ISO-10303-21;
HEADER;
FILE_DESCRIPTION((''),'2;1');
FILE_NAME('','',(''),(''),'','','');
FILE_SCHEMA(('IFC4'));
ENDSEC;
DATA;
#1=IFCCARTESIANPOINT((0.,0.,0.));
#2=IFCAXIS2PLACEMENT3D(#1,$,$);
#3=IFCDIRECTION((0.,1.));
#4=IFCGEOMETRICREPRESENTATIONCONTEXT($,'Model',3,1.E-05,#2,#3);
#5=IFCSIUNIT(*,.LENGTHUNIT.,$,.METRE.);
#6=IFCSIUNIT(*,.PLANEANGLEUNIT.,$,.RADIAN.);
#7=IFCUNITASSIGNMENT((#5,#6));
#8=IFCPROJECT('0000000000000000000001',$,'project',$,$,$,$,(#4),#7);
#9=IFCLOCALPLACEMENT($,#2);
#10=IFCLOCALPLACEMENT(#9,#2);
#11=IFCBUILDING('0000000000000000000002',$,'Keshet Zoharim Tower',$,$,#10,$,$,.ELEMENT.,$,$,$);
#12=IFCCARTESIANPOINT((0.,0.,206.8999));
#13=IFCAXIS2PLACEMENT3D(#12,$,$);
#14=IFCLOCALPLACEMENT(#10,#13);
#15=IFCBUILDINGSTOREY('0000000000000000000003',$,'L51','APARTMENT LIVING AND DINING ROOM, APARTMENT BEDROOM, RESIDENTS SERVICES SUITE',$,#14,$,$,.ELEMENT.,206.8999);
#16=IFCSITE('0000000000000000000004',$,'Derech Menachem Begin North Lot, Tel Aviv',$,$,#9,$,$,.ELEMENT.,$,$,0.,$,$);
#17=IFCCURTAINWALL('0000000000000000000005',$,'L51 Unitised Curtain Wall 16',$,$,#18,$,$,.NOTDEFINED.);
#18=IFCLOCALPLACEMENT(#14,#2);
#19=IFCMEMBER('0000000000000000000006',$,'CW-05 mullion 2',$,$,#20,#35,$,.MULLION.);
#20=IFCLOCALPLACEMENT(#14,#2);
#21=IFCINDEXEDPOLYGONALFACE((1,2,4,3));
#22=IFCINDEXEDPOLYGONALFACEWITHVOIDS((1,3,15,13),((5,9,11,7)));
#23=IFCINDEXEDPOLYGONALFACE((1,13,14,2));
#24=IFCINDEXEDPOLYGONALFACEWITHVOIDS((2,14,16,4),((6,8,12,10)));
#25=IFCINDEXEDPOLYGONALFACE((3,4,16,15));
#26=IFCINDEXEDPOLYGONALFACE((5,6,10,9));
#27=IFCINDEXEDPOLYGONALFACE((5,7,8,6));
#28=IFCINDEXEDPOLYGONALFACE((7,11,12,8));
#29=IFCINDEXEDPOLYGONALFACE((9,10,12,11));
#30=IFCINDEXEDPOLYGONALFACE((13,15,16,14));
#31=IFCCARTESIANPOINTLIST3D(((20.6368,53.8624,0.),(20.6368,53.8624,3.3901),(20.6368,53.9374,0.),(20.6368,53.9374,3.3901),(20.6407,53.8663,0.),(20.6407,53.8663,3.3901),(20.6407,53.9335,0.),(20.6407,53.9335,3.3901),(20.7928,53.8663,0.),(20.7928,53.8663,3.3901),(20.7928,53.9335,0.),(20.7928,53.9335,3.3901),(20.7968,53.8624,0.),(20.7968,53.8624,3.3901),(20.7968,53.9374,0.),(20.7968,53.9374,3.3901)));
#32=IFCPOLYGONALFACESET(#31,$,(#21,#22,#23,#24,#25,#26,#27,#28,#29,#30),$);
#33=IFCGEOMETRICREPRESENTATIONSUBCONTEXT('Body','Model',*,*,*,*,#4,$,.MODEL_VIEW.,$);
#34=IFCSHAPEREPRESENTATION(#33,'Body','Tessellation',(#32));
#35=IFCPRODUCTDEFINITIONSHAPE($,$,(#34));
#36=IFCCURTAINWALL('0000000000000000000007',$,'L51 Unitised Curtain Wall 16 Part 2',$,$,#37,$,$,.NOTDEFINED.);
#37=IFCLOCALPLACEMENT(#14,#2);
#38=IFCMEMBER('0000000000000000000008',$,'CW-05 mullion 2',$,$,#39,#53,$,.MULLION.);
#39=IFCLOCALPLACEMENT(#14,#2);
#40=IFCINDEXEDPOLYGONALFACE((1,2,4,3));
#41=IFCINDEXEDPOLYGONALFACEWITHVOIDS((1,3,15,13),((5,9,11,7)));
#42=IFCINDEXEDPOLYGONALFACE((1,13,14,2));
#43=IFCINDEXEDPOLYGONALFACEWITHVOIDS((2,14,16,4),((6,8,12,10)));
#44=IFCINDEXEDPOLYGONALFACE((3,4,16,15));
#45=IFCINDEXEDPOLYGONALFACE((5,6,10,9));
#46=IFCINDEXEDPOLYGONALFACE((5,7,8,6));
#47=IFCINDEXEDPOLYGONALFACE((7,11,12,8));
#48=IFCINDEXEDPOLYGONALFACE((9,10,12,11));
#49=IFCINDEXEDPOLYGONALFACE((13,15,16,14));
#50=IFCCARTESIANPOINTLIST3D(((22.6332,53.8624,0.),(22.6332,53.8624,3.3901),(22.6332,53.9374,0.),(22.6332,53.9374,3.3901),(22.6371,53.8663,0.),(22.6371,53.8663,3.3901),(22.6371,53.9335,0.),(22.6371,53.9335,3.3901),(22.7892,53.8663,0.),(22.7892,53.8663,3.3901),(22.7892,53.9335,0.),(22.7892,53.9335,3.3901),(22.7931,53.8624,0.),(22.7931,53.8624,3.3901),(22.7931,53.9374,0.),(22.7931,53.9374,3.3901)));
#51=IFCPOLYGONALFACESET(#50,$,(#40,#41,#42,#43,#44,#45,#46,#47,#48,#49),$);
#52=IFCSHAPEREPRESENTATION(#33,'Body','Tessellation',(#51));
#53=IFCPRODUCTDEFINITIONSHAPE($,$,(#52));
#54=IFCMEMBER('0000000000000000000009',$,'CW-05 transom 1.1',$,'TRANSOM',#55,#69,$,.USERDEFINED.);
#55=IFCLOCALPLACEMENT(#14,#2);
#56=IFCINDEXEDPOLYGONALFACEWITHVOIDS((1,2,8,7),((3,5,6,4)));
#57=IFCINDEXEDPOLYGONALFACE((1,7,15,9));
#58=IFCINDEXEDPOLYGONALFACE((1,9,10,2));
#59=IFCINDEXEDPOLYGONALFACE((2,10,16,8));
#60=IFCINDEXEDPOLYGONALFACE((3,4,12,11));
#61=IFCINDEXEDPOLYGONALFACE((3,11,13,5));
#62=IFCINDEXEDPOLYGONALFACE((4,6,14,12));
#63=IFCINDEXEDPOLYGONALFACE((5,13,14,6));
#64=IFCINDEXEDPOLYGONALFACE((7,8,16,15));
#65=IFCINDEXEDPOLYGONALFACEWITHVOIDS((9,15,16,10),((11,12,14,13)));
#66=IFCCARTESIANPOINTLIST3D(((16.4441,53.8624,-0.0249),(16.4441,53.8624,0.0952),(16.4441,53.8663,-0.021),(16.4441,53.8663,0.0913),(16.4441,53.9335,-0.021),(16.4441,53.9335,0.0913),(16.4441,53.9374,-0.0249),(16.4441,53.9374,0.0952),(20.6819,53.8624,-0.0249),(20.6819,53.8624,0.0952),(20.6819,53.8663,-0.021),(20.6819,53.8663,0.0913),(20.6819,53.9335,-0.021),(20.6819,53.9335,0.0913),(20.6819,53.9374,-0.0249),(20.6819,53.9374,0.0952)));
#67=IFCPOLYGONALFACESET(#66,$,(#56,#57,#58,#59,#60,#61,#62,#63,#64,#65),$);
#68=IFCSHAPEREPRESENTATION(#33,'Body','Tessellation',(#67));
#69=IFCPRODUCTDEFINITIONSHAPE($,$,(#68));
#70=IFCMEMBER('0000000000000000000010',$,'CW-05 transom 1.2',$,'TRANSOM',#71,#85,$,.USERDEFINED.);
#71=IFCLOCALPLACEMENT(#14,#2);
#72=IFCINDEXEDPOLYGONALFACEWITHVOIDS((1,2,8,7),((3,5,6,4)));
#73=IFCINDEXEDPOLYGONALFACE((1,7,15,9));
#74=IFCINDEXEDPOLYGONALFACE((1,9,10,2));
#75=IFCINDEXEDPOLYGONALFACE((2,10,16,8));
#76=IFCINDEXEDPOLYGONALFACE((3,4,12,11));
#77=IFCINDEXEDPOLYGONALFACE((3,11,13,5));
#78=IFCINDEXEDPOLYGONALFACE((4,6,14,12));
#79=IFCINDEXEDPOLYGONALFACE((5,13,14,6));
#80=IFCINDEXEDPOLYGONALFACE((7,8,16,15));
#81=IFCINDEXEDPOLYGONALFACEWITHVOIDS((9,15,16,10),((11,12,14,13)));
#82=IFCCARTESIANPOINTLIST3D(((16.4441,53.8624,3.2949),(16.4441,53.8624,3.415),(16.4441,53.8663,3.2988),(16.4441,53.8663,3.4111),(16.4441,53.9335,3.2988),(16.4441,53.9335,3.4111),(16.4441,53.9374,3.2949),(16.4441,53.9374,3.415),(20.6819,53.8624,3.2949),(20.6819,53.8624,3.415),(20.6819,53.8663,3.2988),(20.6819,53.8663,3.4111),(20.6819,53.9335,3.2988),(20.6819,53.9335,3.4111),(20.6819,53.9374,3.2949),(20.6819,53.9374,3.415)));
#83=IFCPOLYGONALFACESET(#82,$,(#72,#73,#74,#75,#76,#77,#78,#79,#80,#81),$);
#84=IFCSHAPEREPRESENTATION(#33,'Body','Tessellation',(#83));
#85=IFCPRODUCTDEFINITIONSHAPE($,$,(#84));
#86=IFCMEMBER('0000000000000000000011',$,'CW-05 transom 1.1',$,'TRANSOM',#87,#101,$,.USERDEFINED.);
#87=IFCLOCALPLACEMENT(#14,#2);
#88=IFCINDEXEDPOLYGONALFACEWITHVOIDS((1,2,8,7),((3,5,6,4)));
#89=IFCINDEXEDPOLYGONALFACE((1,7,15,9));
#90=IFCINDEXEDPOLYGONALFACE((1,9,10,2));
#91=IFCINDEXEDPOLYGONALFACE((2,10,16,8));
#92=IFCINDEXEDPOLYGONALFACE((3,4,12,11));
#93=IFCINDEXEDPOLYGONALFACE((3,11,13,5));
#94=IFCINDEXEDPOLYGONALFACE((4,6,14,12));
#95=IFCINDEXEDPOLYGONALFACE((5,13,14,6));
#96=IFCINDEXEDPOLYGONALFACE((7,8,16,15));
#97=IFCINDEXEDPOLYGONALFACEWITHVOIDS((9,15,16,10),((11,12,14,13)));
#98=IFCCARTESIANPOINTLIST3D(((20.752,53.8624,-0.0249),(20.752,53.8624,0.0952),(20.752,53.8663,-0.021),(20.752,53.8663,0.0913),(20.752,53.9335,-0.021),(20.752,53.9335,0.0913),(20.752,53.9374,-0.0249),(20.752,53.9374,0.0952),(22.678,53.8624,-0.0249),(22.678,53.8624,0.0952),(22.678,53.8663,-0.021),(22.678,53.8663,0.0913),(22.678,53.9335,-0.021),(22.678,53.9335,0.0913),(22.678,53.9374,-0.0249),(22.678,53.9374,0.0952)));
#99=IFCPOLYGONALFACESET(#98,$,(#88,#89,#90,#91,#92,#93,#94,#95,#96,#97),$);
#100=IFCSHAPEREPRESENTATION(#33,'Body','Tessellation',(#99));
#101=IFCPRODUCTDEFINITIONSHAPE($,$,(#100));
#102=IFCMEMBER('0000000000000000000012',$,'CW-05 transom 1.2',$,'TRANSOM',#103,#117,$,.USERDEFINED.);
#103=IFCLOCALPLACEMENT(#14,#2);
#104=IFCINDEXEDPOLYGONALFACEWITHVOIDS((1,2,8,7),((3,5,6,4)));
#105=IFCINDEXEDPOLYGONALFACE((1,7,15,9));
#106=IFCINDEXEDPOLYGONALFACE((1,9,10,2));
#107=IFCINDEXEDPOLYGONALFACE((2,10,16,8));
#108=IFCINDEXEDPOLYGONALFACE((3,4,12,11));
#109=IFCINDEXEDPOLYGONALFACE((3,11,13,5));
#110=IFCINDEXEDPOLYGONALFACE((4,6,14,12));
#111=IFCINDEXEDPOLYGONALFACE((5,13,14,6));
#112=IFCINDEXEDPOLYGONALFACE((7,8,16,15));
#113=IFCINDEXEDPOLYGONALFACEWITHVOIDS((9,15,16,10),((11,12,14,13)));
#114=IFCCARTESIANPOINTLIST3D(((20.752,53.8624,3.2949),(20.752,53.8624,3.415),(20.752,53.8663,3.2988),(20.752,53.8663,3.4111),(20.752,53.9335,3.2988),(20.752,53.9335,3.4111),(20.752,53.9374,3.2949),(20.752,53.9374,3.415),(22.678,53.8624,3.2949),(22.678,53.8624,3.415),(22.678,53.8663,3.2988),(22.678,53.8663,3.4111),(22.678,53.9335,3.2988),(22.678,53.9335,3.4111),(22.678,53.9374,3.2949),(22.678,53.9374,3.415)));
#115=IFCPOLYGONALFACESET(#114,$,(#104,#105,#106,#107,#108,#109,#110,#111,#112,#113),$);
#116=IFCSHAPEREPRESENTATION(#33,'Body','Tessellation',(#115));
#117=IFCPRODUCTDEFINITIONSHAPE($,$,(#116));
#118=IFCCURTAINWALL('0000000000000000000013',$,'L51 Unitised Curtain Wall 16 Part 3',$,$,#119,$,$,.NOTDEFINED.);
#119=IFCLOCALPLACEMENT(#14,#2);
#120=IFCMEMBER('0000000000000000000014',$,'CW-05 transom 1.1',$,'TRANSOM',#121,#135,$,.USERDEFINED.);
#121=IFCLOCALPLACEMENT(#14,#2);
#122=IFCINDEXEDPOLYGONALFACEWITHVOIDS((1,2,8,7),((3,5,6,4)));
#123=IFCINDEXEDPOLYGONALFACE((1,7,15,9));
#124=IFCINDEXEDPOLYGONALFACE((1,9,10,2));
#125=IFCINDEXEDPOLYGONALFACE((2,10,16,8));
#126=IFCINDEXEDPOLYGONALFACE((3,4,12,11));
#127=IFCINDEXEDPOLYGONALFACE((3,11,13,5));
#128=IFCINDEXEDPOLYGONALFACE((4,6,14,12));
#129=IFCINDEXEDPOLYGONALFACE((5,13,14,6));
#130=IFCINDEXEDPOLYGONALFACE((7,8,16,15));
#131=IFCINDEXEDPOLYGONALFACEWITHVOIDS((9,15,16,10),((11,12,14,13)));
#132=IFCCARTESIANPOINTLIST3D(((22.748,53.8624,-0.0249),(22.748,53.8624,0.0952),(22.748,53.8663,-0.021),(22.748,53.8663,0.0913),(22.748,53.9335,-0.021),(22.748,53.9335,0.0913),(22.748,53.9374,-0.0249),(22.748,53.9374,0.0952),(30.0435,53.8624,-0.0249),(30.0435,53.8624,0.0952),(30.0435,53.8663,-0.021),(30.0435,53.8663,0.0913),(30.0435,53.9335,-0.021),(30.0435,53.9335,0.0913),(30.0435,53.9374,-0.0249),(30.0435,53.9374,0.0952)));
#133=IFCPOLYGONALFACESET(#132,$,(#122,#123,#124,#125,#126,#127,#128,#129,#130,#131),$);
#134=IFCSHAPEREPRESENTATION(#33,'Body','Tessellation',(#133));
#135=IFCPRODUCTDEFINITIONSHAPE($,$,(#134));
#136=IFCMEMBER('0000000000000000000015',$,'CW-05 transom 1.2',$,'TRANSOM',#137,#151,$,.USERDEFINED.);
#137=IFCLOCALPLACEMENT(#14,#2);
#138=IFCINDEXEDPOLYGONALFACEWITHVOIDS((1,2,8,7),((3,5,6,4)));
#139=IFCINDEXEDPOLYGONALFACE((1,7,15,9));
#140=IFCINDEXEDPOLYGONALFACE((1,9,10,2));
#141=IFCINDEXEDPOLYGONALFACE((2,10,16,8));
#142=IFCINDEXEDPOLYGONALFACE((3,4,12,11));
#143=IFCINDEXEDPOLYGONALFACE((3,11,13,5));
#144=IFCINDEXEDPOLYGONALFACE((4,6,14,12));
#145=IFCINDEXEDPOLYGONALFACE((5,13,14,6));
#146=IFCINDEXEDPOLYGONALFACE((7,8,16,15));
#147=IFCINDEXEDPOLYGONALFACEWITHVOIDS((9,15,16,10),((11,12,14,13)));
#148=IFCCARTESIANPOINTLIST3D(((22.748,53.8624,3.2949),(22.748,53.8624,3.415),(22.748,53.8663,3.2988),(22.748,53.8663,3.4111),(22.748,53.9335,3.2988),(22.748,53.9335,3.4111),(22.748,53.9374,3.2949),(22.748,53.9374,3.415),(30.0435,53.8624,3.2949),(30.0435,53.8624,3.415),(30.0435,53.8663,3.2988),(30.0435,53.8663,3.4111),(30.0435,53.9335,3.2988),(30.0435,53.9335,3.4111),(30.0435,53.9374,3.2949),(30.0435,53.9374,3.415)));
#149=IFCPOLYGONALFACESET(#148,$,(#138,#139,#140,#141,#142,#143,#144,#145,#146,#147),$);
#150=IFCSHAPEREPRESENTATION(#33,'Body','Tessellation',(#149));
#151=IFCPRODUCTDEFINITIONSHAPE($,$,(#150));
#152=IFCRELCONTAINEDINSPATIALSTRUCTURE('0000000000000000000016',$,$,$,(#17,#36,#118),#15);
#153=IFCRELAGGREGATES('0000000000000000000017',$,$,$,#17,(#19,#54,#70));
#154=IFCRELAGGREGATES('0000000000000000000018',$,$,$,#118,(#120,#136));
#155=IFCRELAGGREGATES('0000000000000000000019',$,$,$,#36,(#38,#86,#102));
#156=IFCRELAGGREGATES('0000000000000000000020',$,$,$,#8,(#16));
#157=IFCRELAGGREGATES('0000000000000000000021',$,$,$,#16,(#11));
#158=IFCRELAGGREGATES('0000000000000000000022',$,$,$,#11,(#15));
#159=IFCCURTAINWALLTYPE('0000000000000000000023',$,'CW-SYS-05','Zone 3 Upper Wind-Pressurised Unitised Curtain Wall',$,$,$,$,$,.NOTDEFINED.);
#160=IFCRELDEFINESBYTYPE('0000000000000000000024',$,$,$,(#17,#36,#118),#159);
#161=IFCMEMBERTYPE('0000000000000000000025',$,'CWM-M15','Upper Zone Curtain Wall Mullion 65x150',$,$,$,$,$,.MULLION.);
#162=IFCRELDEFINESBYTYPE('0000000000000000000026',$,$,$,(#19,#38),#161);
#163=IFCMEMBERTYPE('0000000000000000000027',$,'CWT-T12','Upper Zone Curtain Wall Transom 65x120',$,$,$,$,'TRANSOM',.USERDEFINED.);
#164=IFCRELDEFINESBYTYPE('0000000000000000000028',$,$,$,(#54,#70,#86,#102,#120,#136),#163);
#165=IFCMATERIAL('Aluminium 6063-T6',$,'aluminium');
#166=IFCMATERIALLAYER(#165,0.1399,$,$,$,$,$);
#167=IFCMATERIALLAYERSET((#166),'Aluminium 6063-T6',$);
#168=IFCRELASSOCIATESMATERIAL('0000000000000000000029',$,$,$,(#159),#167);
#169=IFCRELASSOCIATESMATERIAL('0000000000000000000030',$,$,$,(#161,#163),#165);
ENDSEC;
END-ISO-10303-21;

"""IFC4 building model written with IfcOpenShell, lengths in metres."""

from ifc_helpers import new_model, si_unit, direction, frame, origin, origin_2d, place, context, subcontext, project, spatial, hollow_rectangle, extrude, material, layer, layer_set, material_profile, profile_set, type_object, element, aggregate, save


model = new_model("IFC4")

# Units and contexts
model_context = context("Model", 3, precision=1e-05, world=origin(), true_north=direction((0.0, 1.0)))
body_context = subcontext(model_context, "Body", "Model", "MODEL_VIEW")
ifc_project = project(units=[si_unit("LENGTHUNIT", "METRE"), si_unit("PLANEANGLEUNIT", "RADIAN")], contexts=[model_context])

# Site, building, storey
site_placement = place(None, origin())
site = spatial("IfcSite", under=ifc_project, at=site_placement, Name="Derech Menachem Begin North Lot, Tel Aviv", CompositionType="ELEMENT", RefElevation=0.0)
building_placement = place(site_placement, origin())
building = spatial("IfcBuilding", under=site, at=building_placement, Name="Keshet Zoharim Tower", CompositionType="ELEMENT")
storey_placement = place(building_placement, frame((0.0, 0.0, 206.8999)))
storey = spatial("IfcBuildingStorey", under=building, at=storey_placement, Name="L51", Description="APARTMENT LIVING AND DINING ROOM, APARTMENT BEDROOM, RESIDENTS SERVICES SUITE", CompositionType="ELEMENT", Elevation=206.8999)

# Curtain walls, members
ifc_material_1 = material(Name="Aluminium 6063-T6", Category="aluminium")
ifc_layer_1 = layer(ifc_material_1, 0.1399)
ifc_layer_set_1 = layer_set([ifc_layer_1], Name="Aluminium 6063-T6")
curtain_wall_type = type_object("IfcCurtainWallType", Name="CW-SYS-05", Description="Zone 3 Upper Wind-Pressurised Unitised Curtain Wall", PredefinedType="NOTDEFINED", material=ifc_layer_set_1)
curtain_wall_1_placement = place(storey_placement, origin())
curtain_wall_1 = element("IfcCurtainWall", 1, at=curtain_wall_1_placement, inside=storey, type_object=curtain_wall_type, Name="L51 Unitised Curtain Wall 16", PredefinedType="NOTDEFINED")
ifc_material_profile_1 = material_profile(ifc_material_1, hollow_rectangle(XDim=0.075, YDim=0.1599, WallThickness=0.0039, at=origin_2d()), Name="MUL-75x160")
ifc_profile_set_1 = profile_set([ifc_material_profile_1], Name="Aluminium 6063-T6")
member_type_1 = type_object("IfcMemberType", Name="CWM-M15", Description="Upper Zone Curtain Wall Mullion 65x150", PredefinedType="MULLION", material=ifc_profile_set_1)
member_1_placement = place(storey_placement, frame((20.7168, 53.8999, 0.0), z_axis=(0.0, 0.0, 1.0), x_axis=(0.0, 1.0, 0.0)))
member_1 = element("IfcMember", 2, at=member_1_placement, type_object=member_type_1, Name="CW-05 mullion 2", PredefinedType="MULLION", context=body_context, shape_type="SweptSolid", body=[
    extrude(hollow_rectangle(XDim=0.075, YDim=0.1599, WallThickness=0.0039, at=origin_2d()), origin(), (0.0, 0.0, 1.0), 3.3901),
])
curtain_wall_2_placement = place(storey_placement, origin())
curtain_wall_2 = element("IfcCurtainWall", 3, at=curtain_wall_2_placement, inside=storey, type_object=curtain_wall_type, Name="L51 Unitised Curtain Wall 16 Part 2", PredefinedType="NOTDEFINED")
member_2_placement = place(storey_placement, frame((22.7131, 53.8999, 0.0), z_axis=(0.0, 0.0, 1.0), x_axis=(0.0, 1.0, 0.0)))
member_2 = element("IfcMember", 4, at=member_2_placement, type_object=member_type_1, Name="CW-05 mullion 2", PredefinedType="MULLION", context=body_context, shape_type="SweptSolid", body=[
    extrude(hollow_rectangle(XDim=0.075, YDim=0.1599, WallThickness=0.0039, at=origin_2d()), origin(), (0.0, 0.0, 1.0), 3.3901),
])

# Members
ifc_material_profile_2 = material_profile(ifc_material_1, hollow_rectangle(XDim=0.075, YDim=0.1201, WallThickness=0.0039, at=origin_2d()), Name="TRN-75x120")
ifc_profile_set_2 = profile_set([ifc_material_profile_2], Name="Aluminium 6063-T6")
member_type_2 = type_object("IfcMemberType", Name="CWT-T12", Description="Upper Zone Curtain Wall Transom 65x120", ElementType="TRANSOM", PredefinedType="USERDEFINED", material=ifc_profile_set_2)
member_3_placement = place(storey_placement, frame((16.4441, 53.8999, 0.0352), z_axis=(1.0, 0.0, 0.0), x_axis=(0.0, 1.0, 0.0)))
member_3 = element("IfcMember", 5, at=member_3_placement, type_object=member_type_2, Name="CW-05 transom 1.1", ObjectType="TRANSOM", PredefinedType="USERDEFINED", context=body_context, shape_type="SweptSolid", body=[
    extrude(hollow_rectangle(XDim=0.075, YDim=0.1201, WallThickness=0.0039, at=origin_2d()), origin(), (0.0, 0.0, 1.0), 4.2378),
])
member_4_placement = place(storey_placement, frame((16.4441, 53.8999, 3.355), z_axis=(1.0, 0.0, 0.0), x_axis=(0.0, 1.0, 0.0)))
member_4 = element("IfcMember", 6, at=member_4_placement, type_object=member_type_2, Name="CW-05 transom 1.2", ObjectType="TRANSOM", PredefinedType="USERDEFINED", context=body_context, shape_type="SweptSolid", body=[
    extrude(hollow_rectangle(XDim=0.075, YDim=0.1201, WallThickness=0.0039, at=origin_2d()), origin(), (0.0, 0.0, 1.0), 4.2378),
])
member_5_placement = place(storey_placement, frame((20.752, 53.8999, 0.0352), z_axis=(1.0, 0.0, 0.0), x_axis=(0.0, 1.0, 0.0)))
member_5 = element("IfcMember", 7, at=member_5_placement, type_object=member_type_2, Name="CW-05 transom 1.1", ObjectType="TRANSOM", PredefinedType="USERDEFINED", context=body_context, shape_type="SweptSolid", body=[
    extrude(hollow_rectangle(XDim=0.075, YDim=0.1201, WallThickness=0.0039, at=origin_2d()), origin(), (0.0, 0.0, 1.0), 1.926),
])
member_6_placement = place(storey_placement, frame((20.752, 53.8999, 3.355), z_axis=(1.0, 0.0, 0.0), x_axis=(0.0, 1.0, 0.0)))
member_6 = element("IfcMember", 8, at=member_6_placement, type_object=member_type_2, Name="CW-05 transom 1.2", ObjectType="TRANSOM", PredefinedType="USERDEFINED", context=body_context, shape_type="SweptSolid", body=[
    extrude(hollow_rectangle(XDim=0.075, YDim=0.1201, WallThickness=0.0039, at=origin_2d()), origin(), (0.0, 0.0, 1.0), 1.926),
])

# Curtain wall, members
curtain_wall_3_placement = place(storey_placement, origin())
curtain_wall_3 = element("IfcCurtainWall", 9, at=curtain_wall_3_placement, inside=storey, type_object=curtain_wall_type, Name="L51 Unitised Curtain Wall 16 Part 3", PredefinedType="NOTDEFINED")
member_7_placement = place(storey_placement, frame((22.748, 53.8999, 0.0352), z_axis=(1.0, 0.0, 0.0), x_axis=(0.0, 1.0, 0.0)))
member_7 = element("IfcMember", 10, at=member_7_placement, type_object=member_type_2, Name="CW-05 transom 1.1", ObjectType="TRANSOM", PredefinedType="USERDEFINED", context=body_context, shape_type="SweptSolid", body=[
    extrude(hollow_rectangle(XDim=0.075, YDim=0.1201, WallThickness=0.0039, at=origin_2d()), origin(), (0.0, 0.0, 1.0), 7.2954),
])
member_8_placement = place(storey_placement, frame((22.748, 53.8999, 3.355), z_axis=(1.0, 0.0, 0.0), x_axis=(0.0, 1.0, 0.0)))
member_8 = element("IfcMember", 11, at=member_8_placement, type_object=member_type_2, Name="CW-05 transom 1.2", ObjectType="TRANSOM", PredefinedType="USERDEFINED", context=body_context, shape_type="SweptSolid", body=[
    extrude(hollow_rectangle(XDim=0.075, YDim=0.1201, WallThickness=0.0039, at=origin_2d()), origin(), (0.0, 0.0, 1.0), 7.2954),
])

aggregate(curtain_wall_1, [member_1, member_3, member_4])
aggregate(curtain_wall_3, [member_7, member_8])
aggregate(curtain_wall_2, [member_2, member_5, member_6])

save(model, "model.ifc")
